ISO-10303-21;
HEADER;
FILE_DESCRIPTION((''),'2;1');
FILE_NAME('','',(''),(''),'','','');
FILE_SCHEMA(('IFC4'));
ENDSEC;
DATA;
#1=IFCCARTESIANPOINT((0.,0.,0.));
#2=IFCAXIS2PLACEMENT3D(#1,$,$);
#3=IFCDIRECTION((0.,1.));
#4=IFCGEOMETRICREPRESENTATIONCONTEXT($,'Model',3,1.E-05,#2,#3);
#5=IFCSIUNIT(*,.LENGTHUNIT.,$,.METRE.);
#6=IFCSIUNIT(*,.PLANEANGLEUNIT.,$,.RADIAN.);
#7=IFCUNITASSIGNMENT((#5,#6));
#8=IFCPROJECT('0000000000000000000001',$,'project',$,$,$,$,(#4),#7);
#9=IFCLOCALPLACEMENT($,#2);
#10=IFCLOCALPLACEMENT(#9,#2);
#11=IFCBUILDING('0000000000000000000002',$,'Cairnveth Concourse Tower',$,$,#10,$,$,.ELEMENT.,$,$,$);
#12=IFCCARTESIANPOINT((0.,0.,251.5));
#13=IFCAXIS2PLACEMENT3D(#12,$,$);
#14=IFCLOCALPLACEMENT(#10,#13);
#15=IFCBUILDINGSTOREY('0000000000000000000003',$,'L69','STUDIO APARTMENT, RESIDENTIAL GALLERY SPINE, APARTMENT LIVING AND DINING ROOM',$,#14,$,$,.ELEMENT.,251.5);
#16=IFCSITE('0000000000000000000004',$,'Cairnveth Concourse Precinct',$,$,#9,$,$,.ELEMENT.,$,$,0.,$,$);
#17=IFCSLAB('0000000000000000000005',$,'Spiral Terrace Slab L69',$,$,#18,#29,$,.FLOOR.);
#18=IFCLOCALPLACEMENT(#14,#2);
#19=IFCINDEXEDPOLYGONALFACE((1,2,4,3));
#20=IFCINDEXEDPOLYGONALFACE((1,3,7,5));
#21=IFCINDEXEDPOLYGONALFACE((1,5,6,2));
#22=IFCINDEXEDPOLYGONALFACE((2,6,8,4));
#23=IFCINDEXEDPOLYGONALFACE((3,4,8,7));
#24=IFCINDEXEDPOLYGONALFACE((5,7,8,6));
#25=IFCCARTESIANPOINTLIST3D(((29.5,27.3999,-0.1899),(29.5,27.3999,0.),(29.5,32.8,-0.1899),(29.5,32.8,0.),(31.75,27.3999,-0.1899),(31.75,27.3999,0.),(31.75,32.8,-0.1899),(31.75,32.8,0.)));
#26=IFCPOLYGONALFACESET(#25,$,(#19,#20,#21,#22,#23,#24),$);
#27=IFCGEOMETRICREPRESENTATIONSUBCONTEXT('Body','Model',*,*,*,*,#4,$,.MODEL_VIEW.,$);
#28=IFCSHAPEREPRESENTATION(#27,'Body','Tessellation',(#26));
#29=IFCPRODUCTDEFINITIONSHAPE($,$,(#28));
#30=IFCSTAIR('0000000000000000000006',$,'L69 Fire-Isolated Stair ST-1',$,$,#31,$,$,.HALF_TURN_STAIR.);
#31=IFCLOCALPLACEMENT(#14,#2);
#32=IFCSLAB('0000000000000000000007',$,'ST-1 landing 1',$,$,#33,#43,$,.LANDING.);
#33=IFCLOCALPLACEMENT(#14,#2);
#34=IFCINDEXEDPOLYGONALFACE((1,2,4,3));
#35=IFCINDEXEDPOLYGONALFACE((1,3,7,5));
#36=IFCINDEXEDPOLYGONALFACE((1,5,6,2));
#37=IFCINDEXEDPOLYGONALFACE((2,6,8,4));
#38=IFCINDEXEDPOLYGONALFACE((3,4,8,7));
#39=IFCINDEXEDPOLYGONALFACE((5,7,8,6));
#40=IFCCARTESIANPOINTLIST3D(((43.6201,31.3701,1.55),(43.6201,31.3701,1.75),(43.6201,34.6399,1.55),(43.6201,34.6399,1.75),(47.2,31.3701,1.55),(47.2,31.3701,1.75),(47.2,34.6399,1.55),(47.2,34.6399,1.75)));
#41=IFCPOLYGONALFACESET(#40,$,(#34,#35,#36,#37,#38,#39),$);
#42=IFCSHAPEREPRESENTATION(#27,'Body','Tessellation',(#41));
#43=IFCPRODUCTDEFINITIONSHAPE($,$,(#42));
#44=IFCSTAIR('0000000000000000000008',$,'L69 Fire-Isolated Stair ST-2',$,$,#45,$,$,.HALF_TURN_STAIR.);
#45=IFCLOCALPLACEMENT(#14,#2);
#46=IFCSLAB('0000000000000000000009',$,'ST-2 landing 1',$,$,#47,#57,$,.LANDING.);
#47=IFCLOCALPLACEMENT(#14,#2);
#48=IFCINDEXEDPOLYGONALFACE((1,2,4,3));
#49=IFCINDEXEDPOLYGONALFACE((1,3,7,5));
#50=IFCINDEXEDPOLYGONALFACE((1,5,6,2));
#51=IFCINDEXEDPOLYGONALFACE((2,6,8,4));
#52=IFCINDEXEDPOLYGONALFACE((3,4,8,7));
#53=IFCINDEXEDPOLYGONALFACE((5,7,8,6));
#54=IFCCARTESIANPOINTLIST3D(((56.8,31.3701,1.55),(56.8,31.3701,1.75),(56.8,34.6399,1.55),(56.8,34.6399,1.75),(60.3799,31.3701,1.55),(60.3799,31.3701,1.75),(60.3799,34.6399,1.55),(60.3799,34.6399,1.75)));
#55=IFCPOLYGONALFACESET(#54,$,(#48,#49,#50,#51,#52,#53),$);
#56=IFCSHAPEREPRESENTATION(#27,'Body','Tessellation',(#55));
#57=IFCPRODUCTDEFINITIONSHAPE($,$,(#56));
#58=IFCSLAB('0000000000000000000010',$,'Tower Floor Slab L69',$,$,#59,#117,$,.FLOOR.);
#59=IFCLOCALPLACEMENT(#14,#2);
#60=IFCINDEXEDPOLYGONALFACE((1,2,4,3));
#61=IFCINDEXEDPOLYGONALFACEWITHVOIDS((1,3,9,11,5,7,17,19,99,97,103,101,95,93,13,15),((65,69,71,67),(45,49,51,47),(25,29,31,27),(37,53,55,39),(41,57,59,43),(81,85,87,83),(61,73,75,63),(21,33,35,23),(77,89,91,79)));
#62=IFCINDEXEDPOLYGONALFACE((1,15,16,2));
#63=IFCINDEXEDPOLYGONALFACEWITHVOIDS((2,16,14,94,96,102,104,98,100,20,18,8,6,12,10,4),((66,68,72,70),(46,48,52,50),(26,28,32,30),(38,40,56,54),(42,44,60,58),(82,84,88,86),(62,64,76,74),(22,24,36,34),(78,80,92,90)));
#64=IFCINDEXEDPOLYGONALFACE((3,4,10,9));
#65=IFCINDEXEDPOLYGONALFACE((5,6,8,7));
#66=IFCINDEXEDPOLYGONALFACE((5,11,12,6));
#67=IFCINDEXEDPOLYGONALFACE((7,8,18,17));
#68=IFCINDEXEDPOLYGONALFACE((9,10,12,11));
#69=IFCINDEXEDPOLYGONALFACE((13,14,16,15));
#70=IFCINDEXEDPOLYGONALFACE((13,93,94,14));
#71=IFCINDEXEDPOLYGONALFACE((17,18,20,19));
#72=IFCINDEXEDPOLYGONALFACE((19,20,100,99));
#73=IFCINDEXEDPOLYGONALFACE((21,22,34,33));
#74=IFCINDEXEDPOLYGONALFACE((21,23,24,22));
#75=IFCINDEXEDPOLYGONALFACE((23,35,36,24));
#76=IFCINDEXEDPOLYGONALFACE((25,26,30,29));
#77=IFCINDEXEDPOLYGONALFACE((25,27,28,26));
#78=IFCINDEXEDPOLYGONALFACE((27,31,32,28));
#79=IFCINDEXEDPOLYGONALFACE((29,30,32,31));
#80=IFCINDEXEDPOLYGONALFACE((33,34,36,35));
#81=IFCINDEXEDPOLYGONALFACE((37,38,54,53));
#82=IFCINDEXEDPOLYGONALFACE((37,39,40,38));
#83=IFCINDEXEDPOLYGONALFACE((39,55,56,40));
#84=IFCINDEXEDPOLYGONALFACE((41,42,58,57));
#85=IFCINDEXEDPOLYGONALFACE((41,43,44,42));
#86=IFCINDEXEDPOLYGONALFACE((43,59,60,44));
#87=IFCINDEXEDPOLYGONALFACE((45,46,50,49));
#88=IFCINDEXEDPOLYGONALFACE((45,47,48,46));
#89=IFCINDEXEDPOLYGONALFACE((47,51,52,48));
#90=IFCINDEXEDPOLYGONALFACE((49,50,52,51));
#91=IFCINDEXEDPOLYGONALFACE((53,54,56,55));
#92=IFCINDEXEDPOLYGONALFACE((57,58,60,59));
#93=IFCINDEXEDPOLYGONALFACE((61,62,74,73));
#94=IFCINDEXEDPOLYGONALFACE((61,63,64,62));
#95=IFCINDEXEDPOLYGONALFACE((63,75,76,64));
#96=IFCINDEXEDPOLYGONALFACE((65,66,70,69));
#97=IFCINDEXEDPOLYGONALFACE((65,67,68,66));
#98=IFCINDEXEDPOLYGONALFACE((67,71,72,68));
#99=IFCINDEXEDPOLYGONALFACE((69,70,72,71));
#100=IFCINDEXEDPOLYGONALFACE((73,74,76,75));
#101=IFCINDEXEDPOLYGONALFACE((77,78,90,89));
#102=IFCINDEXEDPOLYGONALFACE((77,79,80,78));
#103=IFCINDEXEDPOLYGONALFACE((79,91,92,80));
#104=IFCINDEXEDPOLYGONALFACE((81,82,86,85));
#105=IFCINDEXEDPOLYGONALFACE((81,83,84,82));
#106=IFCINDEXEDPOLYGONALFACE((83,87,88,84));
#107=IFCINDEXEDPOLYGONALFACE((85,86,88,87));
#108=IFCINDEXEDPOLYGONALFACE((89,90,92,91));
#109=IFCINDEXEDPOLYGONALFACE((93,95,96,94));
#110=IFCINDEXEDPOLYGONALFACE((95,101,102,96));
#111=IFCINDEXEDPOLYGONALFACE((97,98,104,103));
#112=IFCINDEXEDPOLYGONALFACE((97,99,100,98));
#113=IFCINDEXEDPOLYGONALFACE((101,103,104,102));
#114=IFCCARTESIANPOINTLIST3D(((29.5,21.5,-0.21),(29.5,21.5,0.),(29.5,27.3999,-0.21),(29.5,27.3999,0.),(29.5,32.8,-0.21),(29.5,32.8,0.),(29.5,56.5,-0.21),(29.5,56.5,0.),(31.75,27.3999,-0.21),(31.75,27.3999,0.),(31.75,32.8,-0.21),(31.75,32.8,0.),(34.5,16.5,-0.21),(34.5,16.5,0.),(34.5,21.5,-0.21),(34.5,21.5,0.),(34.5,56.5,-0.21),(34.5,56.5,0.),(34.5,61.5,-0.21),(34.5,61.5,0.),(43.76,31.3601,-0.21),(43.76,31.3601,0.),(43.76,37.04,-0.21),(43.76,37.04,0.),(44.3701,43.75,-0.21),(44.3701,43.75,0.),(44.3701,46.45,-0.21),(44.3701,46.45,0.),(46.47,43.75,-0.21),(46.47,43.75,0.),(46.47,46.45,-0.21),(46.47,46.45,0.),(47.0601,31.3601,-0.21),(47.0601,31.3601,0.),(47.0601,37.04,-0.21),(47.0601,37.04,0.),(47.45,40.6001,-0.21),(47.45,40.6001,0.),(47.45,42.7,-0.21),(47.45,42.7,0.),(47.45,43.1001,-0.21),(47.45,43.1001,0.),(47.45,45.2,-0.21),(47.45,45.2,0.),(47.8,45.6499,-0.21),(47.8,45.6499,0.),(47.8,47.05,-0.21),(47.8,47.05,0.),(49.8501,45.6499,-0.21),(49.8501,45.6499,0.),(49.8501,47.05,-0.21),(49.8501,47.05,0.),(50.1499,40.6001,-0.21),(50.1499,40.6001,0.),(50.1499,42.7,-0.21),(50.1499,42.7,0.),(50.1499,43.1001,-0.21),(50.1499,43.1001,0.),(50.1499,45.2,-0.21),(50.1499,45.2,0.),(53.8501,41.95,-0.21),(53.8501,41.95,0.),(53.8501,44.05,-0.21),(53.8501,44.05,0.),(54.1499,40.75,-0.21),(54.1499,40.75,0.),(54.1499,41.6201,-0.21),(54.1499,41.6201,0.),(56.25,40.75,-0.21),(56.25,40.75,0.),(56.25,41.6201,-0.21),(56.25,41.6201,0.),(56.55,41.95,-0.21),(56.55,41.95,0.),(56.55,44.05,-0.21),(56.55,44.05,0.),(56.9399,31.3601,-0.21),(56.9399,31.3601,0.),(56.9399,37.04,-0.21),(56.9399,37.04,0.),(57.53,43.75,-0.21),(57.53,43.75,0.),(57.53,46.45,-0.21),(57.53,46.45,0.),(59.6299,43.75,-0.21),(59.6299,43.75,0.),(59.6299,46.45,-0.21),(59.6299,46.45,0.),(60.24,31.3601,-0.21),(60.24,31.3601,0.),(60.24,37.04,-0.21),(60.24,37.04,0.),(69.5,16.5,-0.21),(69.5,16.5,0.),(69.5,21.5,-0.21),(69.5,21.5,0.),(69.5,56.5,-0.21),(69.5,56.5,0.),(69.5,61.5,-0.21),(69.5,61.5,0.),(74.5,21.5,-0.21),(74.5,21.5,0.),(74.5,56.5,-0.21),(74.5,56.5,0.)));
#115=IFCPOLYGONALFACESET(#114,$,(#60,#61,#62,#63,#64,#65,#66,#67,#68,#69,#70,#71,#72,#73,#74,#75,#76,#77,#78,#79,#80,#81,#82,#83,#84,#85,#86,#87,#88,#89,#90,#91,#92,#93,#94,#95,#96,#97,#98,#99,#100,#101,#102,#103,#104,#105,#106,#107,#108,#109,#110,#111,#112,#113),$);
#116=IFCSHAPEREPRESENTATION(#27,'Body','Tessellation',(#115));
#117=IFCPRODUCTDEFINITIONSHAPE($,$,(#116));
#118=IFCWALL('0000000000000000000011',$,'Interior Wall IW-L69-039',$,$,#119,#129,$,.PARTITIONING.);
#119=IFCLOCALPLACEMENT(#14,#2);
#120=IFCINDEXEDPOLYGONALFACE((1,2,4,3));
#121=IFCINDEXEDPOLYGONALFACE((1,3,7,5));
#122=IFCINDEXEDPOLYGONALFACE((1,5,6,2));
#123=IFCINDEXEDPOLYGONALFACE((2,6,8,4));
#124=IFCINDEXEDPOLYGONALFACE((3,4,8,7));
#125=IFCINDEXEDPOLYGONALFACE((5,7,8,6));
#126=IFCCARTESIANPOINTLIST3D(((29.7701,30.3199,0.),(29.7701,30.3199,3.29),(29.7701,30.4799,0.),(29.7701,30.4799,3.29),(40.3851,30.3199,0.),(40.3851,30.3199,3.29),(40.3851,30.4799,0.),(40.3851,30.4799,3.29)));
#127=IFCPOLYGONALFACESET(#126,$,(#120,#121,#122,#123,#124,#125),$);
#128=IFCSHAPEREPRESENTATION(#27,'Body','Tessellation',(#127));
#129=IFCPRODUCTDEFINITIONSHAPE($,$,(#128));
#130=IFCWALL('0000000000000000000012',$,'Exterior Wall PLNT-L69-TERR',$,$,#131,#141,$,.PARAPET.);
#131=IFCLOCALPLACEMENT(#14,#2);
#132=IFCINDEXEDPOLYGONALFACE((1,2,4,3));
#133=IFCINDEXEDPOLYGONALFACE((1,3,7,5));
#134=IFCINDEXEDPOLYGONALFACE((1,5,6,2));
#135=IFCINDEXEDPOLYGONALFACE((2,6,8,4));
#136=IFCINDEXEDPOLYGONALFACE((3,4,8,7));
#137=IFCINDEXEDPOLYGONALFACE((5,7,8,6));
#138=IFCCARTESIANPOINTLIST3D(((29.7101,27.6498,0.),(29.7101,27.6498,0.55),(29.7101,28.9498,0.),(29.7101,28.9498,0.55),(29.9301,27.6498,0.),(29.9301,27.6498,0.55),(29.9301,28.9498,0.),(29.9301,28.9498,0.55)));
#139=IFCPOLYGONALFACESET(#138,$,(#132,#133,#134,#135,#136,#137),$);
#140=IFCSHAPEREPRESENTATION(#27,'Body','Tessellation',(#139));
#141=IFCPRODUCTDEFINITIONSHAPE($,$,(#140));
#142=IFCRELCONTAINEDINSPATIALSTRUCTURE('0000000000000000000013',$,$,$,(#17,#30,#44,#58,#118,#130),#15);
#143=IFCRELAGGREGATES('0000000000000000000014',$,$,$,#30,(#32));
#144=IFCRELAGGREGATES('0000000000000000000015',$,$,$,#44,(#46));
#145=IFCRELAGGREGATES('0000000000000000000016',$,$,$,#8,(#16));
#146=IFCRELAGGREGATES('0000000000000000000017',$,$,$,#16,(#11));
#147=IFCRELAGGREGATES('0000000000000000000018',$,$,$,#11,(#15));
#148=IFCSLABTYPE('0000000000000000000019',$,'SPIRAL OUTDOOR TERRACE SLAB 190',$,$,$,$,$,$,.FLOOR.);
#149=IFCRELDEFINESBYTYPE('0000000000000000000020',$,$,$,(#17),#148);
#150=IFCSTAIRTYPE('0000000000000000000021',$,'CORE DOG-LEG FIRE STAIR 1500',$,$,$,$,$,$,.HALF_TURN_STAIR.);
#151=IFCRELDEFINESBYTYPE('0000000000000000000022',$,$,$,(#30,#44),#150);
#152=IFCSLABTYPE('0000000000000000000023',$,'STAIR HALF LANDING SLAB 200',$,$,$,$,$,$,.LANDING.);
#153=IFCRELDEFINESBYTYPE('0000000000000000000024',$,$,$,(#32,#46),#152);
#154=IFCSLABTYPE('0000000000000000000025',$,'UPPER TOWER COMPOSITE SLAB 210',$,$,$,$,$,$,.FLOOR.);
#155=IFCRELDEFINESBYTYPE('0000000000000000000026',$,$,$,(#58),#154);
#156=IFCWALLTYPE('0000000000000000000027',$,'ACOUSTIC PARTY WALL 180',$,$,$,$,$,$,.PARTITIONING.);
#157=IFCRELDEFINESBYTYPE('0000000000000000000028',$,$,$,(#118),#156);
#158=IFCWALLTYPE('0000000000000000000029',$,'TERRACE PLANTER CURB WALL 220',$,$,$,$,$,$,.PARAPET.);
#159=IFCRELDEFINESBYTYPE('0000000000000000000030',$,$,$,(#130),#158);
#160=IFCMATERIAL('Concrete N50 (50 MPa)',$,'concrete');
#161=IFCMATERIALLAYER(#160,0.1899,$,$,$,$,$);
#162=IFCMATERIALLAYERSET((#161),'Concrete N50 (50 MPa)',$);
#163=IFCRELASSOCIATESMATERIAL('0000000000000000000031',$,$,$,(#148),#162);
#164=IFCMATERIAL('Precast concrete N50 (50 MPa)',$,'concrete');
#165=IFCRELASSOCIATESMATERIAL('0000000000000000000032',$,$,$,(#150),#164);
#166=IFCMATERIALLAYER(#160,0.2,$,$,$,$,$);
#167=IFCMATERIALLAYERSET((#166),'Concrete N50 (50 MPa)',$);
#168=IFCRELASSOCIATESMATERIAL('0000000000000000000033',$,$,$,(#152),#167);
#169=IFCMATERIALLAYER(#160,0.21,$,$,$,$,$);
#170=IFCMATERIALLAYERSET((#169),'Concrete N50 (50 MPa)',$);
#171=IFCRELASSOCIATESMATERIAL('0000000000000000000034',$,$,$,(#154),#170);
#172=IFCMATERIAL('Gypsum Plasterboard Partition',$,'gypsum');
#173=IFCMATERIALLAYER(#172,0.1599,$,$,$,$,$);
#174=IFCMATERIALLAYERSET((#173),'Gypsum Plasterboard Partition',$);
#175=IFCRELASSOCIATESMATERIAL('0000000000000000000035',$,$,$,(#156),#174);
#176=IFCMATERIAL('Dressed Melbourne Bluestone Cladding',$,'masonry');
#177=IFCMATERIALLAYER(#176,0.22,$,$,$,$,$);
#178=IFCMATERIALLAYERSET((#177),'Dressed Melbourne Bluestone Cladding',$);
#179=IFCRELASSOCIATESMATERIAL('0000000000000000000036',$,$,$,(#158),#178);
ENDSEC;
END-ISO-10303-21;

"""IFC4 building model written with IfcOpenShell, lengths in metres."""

from ifc_helpers import new_model, si_unit, direction, frame, frame_2d, origin, place, context, subcontext, project, spatial, polyline, rectangle, outline, extrude, material, layer, layer_set, type_object, element, aggregate, save


model = new_model("IFC4")

# Units and contexts
model_context = context("Model", 3, precision=1e-05, world=origin(), true_north=direction((0.0, 1.0)))
body_context = subcontext(model_context, "Body", "Model", "MODEL_VIEW")
ifc_project = project(units=[si_unit("LENGTHUNIT", "METRE"), si_unit("PLANEANGLEUNIT", "RADIAN")], contexts=[model_context])

# Site, building, storey
site_placement = place(None, origin())
site = spatial("IfcSite", under=ifc_project, at=site_placement, Name="Cairnveth Concourse Precinct", CompositionType="ELEMENT", RefElevation=0.0)
building_placement = place(site_placement, origin())
building = spatial("IfcBuilding", under=site, at=building_placement, Name="Cairnveth Concourse Tower", CompositionType="ELEMENT")
storey_placement = place(building_placement, frame((0.0, 0.0, 251.5)))
storey = spatial("IfcBuildingStorey", under=building, at=storey_placement, Name="L69", Description="STUDIO APARTMENT, RESIDENTIAL GALLERY SPINE, APARTMENT LIVING AND DINING ROOM", CompositionType="ELEMENT", Elevation=251.5)

# Slab
ifc_material_1 = material(Name="Concrete N50 (50 MPa)", Category="concrete")
ifc_layer_1 = layer(ifc_material_1, 0.1899)
ifc_layer_set_1 = layer_set([ifc_layer_1], Name="Concrete N50 (50 MPa)")
slab_type_1 = type_object("IfcSlabType", Name="SPIRAL OUTDOOR TERRACE SLAB 190", PredefinedType="FLOOR", material=ifc_layer_set_1)
slab_1_placement = place(storey_placement, frame((0.0, 0.0, -0.1899)))
element("IfcSlab", 1, at=slab_1_placement, inside=storey, type_object=slab_type_1, Name="Spiral Terrace Slab L69", PredefinedType="FLOOR", context=body_context, shape_type="SweptSolid", body=[
    extrude(outline(polyline([(29.5, 27.3999), (31.75, 27.3999), (31.75, 32.8), (29.5, 32.8), (29.5, 27.3999)])), origin(), (0.0, 0.0, 1.0), 0.1899),
])

# Stairs, slabs
ifc_material_2 = material(Name="Precast concrete N50 (50 MPa)", Category="concrete")
stair_type = type_object("IfcStairType", Name="CORE DOG-LEG FIRE STAIR 1500", PredefinedType="HALF_TURN_STAIR", material=ifc_material_2)
stair_1_placement = place(storey_placement, origin())
stair_1 = element("IfcStair", 2, at=stair_1_placement, inside=storey, type_object=stair_type, Name="L69 Fire-Isolated Stair ST-1", PredefinedType="HALF_TURN_STAIR")
ifc_layer_2 = layer(ifc_material_1, 0.2)
ifc_layer_set_2 = layer_set([ifc_layer_2], Name="Concrete N50 (50 MPa)")
slab_type_2 = type_object("IfcSlabType", Name="STAIR HALF LANDING SLAB 200", PredefinedType="LANDING", material=ifc_layer_set_2)
slab_2_placement = place(storey_placement, frame((0.0, 0.0, 1.55)))
slab_2 = element("IfcSlab", 3, at=slab_2_placement, type_object=slab_type_2, Name="ST-1 landing 1", PredefinedType="LANDING", context=body_context, shape_type="SweptSolid", body=[
    extrude(outline(polyline([(43.6201, 34.6399), (43.6201, 31.3701), (47.2, 31.3701), (47.2, 34.6399), (43.6201, 34.6399)])), origin(), (0.0, 0.0, 1.0), 0.2),
])
aggregate(stair_1, [slab_2])
stair_2_placement = place(storey_placement, origin())
stair_2 = element("IfcStair", 4, at=stair_2_placement, inside=storey, type_object=stair_type, Name="L69 Fire-Isolated Stair ST-2", PredefinedType="HALF_TURN_STAIR")
slab_3_placement = place(storey_placement, frame((0.0, 0.0, 1.55)))
slab_3 = element("IfcSlab", 5, at=slab_3_placement, type_object=slab_type_2, Name="ST-2 landing 1", PredefinedType="LANDING", context=body_context, shape_type="SweptSolid", body=[
    extrude(outline(polyline([(56.8, 34.6399), (56.8, 31.3701), (60.3799, 31.3701), (60.3799, 34.6399), (56.8, 34.6399)])), origin(), (0.0, 0.0, 1.0), 0.2),
])
aggregate(stair_2, [slab_3])

# Slab
ifc_layer_3 = layer(ifc_material_1, 0.21)
ifc_layer_set_3 = layer_set([ifc_layer_3], Name="Concrete N50 (50 MPa)")
slab_type_3 = type_object("IfcSlabType", Name="UPPER TOWER COMPOSITE SLAB 210", PredefinedType="FLOOR", material=ifc_layer_set_3)
slab_4_placement = place(storey_placement, frame((0.0, 0.0, -0.21)))
element("IfcSlab", 6, at=slab_4_placement, inside=storey, type_object=slab_type_3, Name="Tower Floor Slab L69", PredefinedType="FLOOR", context=body_context, shape_type="SweptSolid", body=[
    extrude(outline(polyline([(29.5, 32.8), (31.75, 32.8), (31.75, 27.3999), (29.5, 27.3999), (29.5, 21.5), (34.5, 21.5), (34.5, 16.5), (69.5, 16.5), (69.5, 21.5), (74.5, 21.5), (74.5, 56.5), (69.5, 56.5), (69.5, 61.5), (34.5, 61.5), (34.5, 56.5), (29.5, 56.5), (29.5, 32.8)]), holes=[polyline([(43.76, 31.3601), (47.0601, 31.3601), (47.0601, 37.04), (43.76, 37.04), (43.76, 31.3601)]), polyline([(56.9399, 31.3601), (60.24, 31.3601), (60.24, 37.04), (56.9399, 37.04), (56.9399, 31.3601)]), polyline([(44.3701, 43.75), (46.47, 43.75), (46.47, 46.45), (44.3701, 46.45), (44.3701, 43.75)]), polyline([(57.53, 43.75), (59.6299, 43.75), (59.6299, 46.45), (57.53, 46.45), (57.53, 43.75)]), polyline([(47.45, 40.6001), (50.1499, 40.6001), (50.1499, 42.7), (47.45, 42.7), (47.45, 40.6001)]), polyline([(47.45, 43.1001), (50.1499, 43.1001), (50.1499, 45.2), (47.45, 45.2), (47.45, 43.1001)]), polyline([(53.8501, 41.95), (56.55, 41.95), (56.55, 44.05), (53.8501, 44.05), (53.8501, 41.95)]), polyline([(47.8, 45.6499), (49.8501, 45.6499), (49.8501, 47.05), (47.8, 47.05), (47.8, 45.6499)]), polyline([(54.1499, 40.75), (56.25, 40.75), (56.25, 41.6201), (54.1499, 41.6201), (54.1499, 40.75)])]), origin(), (0.0, 0.0, 1.0), 0.21),
])

# Walls
ifc_material_3 = material(Name="Gypsum Plasterboard Partition", Category="gypsum")
ifc_layer_4 = layer(ifc_material_3, 0.1599)
ifc_layer_set_4 = layer_set([ifc_layer_4], Name="Gypsum Plasterboard Partition")
wall_type_1 = type_object("IfcWallType", Name="ACOUSTIC PARTY WALL 180", PredefinedType="PARTITIONING", material=ifc_layer_set_4)
wall_1_placement = place(storey_placement, frame((29.77, 30.3999, 0.0), z_axis=(0.0, 0.0, 1.0), x_axis=(1.0, 0.0, 0.0)))
element("IfcWall", 7, at=wall_1_placement, inside=storey, type_object=wall_type_1, Name="Interior Wall IW-L69-039", PredefinedType="PARTITIONING", context=body_context, shape_type="SweptSolid", body=[
    extrude(rectangle(XDim=10.615, YDim=0.1599, at=frame_2d((5.3076, 0.0))), origin(), (0.0, 0.0, 1.0), 3.29),
])
ifc_material_4 = material(Name="Dressed Melbourne Bluestone Cladding", Category="masonry")
ifc_layer_5 = layer(ifc_material_4, 0.22)
ifc_layer_set_5 = layer_set([ifc_layer_5], Name="Dressed Melbourne Bluestone Cladding")
wall_type_2 = type_object("IfcWallType", Name="TERRACE PLANTER CURB WALL 220", PredefinedType="PARAPET", material=ifc_layer_set_5)
wall_2_placement = place(storey_placement, frame((29.8201, 27.6499, 0.0), z_axis=(0.0, 0.0, 1.0), x_axis=(0.0, 1.0, 0.0)))
element("IfcWall", 8, at=wall_2_placement, inside=storey, type_object=wall_type_2, Name="Exterior Wall PLNT-L69-TERR", PredefinedType="PARAPET", context=body_context, shape_type="SweptSolid", body=[
    extrude(rectangle(XDim=1.3, YDim=0.22, at=frame_2d((0.6499, 0.0))), origin(), (0.0, 0.0, 1.0), 0.55),
])

save(model, "model.ifc")
